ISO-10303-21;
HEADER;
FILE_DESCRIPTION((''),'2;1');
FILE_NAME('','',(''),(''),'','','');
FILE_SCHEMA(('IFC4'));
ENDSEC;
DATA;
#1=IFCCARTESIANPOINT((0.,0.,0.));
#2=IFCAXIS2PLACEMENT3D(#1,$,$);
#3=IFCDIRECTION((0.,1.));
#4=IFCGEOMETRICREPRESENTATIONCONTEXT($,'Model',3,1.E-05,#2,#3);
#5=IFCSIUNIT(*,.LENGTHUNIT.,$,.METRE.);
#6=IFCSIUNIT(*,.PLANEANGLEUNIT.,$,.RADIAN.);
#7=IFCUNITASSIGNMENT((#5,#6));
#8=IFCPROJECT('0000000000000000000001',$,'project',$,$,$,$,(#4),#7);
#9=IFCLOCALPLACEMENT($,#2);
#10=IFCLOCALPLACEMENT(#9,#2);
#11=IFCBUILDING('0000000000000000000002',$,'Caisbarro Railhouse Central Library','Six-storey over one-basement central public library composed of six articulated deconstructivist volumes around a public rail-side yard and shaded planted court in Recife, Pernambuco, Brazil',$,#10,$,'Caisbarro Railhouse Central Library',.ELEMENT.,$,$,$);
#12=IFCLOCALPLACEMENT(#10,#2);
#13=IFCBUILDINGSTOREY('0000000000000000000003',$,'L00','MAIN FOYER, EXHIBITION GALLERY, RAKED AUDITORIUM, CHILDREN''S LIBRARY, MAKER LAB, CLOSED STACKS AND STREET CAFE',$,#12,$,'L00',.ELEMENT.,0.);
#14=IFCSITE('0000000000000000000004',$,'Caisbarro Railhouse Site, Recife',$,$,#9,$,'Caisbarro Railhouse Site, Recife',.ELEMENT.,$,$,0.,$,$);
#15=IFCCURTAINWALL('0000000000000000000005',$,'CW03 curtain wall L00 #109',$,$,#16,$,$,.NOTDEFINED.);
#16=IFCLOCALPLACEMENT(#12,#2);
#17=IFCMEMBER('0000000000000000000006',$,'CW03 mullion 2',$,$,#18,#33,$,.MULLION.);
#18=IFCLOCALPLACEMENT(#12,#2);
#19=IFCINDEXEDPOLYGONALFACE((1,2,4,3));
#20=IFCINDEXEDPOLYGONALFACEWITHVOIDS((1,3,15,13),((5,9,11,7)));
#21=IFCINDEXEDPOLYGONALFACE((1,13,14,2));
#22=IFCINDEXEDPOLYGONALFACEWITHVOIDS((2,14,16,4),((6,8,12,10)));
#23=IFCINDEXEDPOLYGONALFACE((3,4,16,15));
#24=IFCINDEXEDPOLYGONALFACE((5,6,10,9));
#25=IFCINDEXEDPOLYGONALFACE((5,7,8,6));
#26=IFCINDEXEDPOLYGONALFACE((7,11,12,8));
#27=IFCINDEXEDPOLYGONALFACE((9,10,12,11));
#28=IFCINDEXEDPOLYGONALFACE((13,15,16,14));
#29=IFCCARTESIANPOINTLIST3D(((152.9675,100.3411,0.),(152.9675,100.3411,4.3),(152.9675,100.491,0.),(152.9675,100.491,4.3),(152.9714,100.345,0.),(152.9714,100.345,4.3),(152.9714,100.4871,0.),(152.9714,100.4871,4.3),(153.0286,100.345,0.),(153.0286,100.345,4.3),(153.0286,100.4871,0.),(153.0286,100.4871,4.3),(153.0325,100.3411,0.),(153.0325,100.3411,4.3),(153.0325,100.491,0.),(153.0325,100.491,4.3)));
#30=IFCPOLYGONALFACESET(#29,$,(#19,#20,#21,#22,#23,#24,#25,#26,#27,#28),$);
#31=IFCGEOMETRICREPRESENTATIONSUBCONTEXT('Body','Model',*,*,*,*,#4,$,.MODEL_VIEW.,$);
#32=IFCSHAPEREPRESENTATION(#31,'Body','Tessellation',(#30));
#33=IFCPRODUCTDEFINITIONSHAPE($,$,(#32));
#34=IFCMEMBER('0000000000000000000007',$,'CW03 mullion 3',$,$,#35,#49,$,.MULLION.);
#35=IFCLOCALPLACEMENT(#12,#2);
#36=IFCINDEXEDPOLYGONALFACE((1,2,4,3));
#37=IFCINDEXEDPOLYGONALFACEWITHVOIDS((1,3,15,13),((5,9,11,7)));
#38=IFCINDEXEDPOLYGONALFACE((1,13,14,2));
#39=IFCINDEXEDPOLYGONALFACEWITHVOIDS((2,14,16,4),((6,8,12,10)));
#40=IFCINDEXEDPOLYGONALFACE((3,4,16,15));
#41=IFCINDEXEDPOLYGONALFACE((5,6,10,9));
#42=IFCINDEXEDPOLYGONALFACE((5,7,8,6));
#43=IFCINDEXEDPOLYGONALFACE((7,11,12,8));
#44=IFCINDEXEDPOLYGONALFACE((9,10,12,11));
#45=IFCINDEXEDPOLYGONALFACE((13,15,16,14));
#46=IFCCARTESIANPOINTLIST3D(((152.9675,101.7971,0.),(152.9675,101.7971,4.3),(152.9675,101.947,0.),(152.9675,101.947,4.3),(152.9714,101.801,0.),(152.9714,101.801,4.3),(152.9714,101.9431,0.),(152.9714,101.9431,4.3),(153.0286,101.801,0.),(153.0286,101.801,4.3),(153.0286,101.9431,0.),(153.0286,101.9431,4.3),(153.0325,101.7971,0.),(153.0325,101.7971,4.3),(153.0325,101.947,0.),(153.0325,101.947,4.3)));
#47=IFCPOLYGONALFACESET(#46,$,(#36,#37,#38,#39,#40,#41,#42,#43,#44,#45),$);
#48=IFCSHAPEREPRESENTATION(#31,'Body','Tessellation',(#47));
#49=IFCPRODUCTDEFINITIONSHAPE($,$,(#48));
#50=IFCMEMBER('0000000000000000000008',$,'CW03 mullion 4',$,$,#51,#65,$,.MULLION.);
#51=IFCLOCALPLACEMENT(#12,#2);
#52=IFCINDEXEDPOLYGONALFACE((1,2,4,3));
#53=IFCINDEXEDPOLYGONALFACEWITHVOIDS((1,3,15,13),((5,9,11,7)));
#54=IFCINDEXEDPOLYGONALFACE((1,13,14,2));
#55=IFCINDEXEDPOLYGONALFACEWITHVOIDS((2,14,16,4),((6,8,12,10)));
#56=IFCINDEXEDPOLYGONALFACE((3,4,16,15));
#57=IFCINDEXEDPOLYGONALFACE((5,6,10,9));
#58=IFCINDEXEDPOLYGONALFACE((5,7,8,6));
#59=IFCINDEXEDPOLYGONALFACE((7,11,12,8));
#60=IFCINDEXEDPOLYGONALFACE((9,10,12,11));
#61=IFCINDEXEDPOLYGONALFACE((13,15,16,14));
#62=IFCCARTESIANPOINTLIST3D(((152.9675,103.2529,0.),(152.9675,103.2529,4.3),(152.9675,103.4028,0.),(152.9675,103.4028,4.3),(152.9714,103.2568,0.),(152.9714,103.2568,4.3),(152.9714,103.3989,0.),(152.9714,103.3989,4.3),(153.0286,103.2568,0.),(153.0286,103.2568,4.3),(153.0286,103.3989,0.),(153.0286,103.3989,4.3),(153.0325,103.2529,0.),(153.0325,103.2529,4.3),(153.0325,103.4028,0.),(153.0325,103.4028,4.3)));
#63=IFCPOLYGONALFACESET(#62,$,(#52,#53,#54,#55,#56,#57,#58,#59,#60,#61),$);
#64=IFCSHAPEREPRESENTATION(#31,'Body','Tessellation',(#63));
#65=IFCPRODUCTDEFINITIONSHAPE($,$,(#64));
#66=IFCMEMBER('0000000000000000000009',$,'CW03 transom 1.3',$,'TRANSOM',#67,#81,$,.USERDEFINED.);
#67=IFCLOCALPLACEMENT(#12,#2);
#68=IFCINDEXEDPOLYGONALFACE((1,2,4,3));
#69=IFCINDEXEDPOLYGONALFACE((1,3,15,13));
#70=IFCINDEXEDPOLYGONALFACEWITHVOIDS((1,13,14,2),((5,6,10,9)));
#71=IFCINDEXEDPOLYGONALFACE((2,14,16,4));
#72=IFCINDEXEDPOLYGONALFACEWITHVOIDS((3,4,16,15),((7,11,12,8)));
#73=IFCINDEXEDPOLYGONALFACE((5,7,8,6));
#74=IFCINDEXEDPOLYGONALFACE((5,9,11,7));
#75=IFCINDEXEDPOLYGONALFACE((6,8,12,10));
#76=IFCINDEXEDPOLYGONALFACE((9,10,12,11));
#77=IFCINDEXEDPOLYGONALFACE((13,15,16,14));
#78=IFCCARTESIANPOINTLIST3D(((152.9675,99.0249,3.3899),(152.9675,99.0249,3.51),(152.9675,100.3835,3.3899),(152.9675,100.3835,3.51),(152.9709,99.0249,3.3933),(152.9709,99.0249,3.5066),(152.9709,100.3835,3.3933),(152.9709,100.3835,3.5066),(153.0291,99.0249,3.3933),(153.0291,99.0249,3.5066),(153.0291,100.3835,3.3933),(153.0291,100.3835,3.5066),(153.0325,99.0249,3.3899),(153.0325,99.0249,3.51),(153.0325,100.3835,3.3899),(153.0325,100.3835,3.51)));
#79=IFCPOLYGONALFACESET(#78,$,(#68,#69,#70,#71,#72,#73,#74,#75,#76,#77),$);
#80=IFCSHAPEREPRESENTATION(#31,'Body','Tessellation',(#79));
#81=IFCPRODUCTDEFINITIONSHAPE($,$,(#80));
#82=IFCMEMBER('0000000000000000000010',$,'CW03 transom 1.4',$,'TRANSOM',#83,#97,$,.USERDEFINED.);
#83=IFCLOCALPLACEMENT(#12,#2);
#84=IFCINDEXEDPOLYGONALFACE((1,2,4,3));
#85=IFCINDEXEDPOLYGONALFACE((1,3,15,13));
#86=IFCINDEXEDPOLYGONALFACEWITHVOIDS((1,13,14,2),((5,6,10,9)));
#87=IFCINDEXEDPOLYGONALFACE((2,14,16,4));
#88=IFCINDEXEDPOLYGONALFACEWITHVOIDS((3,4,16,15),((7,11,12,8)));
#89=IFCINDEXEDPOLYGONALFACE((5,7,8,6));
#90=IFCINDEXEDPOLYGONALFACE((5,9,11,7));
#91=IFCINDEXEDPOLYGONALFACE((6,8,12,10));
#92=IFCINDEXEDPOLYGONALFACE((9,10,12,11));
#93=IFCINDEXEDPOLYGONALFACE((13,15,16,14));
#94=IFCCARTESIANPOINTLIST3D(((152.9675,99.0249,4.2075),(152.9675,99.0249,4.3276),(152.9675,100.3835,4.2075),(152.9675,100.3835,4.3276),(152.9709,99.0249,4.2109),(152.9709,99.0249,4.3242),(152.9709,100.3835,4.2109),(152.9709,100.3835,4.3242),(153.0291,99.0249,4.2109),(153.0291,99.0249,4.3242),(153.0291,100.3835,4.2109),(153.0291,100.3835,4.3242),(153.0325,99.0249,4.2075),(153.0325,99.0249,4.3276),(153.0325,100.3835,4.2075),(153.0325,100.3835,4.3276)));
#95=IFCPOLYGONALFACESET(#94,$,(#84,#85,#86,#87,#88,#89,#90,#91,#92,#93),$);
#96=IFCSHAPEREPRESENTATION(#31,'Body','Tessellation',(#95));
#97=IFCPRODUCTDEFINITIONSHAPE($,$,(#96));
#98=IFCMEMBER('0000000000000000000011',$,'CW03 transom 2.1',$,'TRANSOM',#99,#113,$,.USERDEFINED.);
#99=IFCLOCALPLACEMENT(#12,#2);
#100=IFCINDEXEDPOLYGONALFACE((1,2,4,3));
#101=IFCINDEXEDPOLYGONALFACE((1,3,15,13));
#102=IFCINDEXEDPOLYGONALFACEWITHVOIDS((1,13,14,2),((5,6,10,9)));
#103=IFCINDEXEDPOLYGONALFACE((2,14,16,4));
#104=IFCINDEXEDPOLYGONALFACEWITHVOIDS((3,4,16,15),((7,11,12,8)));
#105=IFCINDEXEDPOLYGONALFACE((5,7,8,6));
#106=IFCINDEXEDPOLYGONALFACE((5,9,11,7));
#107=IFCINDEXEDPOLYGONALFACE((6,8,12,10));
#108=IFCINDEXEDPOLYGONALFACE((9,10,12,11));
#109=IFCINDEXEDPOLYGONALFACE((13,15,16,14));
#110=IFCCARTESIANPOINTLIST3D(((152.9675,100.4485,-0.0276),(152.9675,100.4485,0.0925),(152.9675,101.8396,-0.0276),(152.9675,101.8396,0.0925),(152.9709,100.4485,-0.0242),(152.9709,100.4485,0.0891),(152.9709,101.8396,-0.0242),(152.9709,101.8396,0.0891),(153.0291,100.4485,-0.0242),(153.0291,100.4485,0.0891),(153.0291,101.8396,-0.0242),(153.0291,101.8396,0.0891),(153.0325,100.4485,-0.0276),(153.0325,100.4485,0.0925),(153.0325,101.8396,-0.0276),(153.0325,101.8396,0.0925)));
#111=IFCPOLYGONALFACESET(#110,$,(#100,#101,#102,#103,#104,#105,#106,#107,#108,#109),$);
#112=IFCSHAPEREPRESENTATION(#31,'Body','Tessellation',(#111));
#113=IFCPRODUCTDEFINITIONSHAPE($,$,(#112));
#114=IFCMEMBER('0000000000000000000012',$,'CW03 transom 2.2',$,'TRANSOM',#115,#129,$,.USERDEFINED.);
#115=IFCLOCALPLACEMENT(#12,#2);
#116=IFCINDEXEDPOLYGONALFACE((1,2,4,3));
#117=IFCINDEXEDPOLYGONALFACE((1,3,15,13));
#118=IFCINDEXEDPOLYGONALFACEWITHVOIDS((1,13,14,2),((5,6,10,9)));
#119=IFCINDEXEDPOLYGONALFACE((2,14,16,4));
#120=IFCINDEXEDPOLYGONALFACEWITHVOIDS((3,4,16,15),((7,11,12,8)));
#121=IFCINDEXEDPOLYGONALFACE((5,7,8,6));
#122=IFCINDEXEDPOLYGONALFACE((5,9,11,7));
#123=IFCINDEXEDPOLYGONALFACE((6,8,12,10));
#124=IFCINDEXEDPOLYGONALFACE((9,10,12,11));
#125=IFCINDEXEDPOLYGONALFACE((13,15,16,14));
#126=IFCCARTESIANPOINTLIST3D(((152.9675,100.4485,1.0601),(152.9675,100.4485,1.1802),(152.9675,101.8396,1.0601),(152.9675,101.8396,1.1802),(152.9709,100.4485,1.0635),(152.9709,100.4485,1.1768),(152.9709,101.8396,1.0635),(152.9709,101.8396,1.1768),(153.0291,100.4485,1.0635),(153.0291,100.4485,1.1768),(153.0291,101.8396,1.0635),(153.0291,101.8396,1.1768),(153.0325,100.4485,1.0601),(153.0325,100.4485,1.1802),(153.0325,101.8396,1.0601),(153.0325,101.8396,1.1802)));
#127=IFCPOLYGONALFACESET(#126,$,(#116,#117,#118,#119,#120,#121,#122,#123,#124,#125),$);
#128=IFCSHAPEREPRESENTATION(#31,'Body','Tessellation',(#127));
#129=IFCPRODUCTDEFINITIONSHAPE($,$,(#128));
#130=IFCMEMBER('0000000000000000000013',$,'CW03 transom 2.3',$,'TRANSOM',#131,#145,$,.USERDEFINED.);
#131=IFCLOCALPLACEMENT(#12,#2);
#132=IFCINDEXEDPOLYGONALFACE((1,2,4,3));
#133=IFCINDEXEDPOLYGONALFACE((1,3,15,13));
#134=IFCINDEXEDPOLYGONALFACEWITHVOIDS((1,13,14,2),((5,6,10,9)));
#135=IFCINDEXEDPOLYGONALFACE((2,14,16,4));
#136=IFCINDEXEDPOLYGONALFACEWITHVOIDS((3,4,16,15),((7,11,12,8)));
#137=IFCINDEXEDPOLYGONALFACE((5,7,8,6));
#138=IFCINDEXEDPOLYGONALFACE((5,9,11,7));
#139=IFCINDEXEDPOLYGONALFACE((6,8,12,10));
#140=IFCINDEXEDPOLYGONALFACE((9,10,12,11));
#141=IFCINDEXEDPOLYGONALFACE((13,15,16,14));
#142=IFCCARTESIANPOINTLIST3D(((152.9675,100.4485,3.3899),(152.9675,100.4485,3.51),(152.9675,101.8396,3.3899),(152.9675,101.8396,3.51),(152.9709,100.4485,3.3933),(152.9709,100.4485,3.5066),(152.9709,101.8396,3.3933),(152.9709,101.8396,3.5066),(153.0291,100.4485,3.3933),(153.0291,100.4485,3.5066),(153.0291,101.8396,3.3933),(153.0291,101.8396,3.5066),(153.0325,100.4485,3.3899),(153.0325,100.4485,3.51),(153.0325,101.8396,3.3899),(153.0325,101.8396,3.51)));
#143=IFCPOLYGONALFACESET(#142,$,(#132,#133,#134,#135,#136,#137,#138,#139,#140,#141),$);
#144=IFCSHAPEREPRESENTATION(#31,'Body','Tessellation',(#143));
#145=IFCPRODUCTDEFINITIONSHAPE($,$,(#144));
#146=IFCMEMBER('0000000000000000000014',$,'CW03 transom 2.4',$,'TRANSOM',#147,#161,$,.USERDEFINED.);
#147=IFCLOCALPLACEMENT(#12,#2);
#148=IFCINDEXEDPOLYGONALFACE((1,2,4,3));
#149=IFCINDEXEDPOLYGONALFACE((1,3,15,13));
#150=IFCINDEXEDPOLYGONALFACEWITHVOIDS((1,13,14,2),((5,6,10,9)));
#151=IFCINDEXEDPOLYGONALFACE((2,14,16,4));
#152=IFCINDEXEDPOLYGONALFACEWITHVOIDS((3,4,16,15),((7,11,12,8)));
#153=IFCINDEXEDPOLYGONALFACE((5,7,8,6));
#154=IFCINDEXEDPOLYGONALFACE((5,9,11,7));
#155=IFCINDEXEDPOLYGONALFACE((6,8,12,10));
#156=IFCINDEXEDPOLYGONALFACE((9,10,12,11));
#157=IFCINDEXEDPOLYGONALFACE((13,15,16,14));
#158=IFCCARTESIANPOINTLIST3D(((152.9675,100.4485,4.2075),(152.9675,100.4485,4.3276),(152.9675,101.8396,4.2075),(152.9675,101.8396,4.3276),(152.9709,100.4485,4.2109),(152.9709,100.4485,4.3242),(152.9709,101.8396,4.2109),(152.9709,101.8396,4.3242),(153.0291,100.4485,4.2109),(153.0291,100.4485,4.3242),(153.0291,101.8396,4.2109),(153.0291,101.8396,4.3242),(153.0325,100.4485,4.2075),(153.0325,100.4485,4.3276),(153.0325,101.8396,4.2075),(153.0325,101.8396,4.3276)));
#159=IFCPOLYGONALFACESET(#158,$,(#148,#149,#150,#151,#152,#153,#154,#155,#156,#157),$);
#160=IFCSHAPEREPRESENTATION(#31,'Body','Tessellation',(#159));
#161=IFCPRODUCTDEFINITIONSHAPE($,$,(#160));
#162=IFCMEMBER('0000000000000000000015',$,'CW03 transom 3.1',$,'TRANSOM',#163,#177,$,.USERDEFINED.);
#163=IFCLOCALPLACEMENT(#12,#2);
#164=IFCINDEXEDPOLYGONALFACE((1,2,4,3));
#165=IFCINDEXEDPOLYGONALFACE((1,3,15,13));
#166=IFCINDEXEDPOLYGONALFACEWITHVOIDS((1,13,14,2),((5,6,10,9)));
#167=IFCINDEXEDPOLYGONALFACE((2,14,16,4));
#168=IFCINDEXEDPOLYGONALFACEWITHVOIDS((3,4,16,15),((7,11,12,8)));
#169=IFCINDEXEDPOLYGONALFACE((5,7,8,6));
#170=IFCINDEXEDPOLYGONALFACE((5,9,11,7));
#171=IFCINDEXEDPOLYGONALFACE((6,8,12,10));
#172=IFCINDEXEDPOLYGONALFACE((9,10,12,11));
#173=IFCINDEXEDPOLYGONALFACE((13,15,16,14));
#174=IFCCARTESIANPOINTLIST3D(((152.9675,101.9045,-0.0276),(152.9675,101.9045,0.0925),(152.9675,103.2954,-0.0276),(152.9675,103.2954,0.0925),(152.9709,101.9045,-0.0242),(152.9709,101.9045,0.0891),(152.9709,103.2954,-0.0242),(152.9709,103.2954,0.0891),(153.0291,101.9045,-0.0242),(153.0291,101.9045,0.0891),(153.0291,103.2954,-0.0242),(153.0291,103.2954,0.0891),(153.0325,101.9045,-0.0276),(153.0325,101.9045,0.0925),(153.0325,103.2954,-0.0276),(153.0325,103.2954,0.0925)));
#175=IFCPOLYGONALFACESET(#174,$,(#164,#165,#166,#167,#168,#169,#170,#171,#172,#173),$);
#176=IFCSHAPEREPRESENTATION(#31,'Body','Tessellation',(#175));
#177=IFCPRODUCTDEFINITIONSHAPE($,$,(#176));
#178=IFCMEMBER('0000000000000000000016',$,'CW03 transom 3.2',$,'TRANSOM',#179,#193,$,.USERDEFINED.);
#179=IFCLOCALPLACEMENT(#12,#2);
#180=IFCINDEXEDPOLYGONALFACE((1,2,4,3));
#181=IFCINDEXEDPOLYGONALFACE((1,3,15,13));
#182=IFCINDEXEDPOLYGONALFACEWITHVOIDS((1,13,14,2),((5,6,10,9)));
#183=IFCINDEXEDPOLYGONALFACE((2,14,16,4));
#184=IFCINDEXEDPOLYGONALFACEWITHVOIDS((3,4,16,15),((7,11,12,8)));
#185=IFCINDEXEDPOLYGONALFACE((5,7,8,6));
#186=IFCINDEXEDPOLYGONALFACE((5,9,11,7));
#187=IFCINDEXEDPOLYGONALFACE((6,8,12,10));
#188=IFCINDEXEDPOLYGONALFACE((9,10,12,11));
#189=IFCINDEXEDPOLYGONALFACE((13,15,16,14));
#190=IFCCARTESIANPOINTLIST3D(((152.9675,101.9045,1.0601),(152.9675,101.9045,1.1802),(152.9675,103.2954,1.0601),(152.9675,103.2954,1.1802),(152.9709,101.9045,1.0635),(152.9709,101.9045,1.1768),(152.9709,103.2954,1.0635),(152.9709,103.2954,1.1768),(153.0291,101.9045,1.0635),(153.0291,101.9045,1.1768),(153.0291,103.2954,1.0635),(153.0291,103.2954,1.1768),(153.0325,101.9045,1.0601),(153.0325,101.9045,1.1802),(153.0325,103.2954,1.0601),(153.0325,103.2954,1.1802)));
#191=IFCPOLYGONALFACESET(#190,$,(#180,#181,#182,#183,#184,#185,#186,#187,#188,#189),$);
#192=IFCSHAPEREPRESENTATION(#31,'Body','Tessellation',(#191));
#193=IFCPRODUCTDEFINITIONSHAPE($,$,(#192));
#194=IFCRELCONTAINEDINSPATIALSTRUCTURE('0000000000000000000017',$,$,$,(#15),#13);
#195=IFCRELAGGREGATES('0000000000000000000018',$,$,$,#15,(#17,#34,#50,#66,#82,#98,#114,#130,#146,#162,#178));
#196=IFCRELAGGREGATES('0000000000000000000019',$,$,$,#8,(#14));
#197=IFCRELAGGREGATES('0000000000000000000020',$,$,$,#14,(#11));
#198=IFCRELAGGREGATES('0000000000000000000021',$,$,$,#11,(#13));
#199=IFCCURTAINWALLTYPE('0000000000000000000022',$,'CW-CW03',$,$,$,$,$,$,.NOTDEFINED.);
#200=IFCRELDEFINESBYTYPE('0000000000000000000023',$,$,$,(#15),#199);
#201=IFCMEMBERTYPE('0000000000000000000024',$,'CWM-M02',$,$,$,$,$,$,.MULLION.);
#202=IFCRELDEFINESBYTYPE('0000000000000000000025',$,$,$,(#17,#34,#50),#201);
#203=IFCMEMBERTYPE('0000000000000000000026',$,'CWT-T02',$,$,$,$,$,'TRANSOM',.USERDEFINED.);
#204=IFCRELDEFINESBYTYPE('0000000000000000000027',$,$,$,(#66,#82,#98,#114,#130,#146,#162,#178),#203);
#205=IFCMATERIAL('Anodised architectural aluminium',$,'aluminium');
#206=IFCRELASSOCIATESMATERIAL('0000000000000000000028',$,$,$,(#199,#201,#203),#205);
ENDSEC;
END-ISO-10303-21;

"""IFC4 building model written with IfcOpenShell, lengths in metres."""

from ifc_helpers import new_model, si_unit, direction, frame, origin, origin_2d, place, context, subcontext, project, spatial, hollow_rectangle, extrude, material, material_profile, profile_set, type_object, element, aggregate, save


model = new_model("IFC4")

# Units and contexts
model_context = context("Model", 3, precision=1e-05, world=origin(), true_north=direction((0.0, 1.0)))
body_context = subcontext(model_context, "Body", "Model", "MODEL_VIEW")
ifc_project = project(units=[si_unit("LENGTHUNIT", "METRE"), si_unit("PLANEANGLEUNIT", "RADIAN")], contexts=[model_context])

# Site, building, storey
site_placement = place(None, origin())
site = spatial("IfcSite", under=ifc_project, at=site_placement, Name="Caisbarro Railhouse Site, Recife", LongName="Caisbarro Railhouse Site, Recife", CompositionType="ELEMENT", RefElevation=0.0)
building_placement = place(site_placement, origin())
building = spatial("IfcBuilding", under=site, at=building_placement, Name="Caisbarro Railhouse Central Library", Description="Six-storey over one-basement central public library composed of six articulated deconstructivist volumes around a public rail-side yard and shaded planted court in Recife, Pernambuco, Brazil", LongName="Caisbarro Railhouse Central Library", CompositionType="ELEMENT")
storey_placement = place(building_placement, origin())
storey = spatial("IfcBuildingStorey", under=building, at=storey_placement, Name="L00", Description="MAIN FOYER, EXHIBITION GALLERY, RAKED AUDITORIUM, CHILDREN'S LIBRARY, MAKER LAB, CLOSED STACKS AND STREET CAFE", LongName="L00", CompositionType="ELEMENT", Elevation=0.0)

# Curtain wall, members
ifc_material_1 = material(Name="Anodised architectural aluminium", Category="aluminium")
curtain_wall_type = type_object("IfcCurtainWallType", Name="CW-CW03", PredefinedType="NOTDEFINED", material=ifc_material_1)
curtain_wall_placement = place(storey_placement, origin())
curtain_wall = element("IfcCurtainWall", 1, at=curtain_wall_placement, inside=storey, type_object=curtain_wall_type, Name="CW03 curtain wall L00 #109", PredefinedType="NOTDEFINED")
ifc_material_profile_1 = material_profile(ifc_material_1, hollow_rectangle(XDim=0.0649, YDim=0.1499, WallThickness=0.0039, at=origin_2d()), Name="ALU-MUL-65X150")
ifc_profile_set_1 = profile_set([ifc_material_profile_1], Name="Anodised architectural aluminium")
member_type_1 = type_object("IfcMemberType", Name="CWM-M02", PredefinedType="MULLION", material=ifc_profile_set_1)
member_1_placement = place(storey_placement, frame((153.0, 100.416, 0.0), z_axis=(0.0, 0.0, 1.0), x_axis=(-1.0, 0.0, 0.0)))
member_1 = element("IfcMember", 2, at=member_1_placement, type_object=member_type_1, Name="CW03 mullion 2", PredefinedType="MULLION", context=body_context, shape_type="SweptSolid", body=[
    extrude(hollow_rectangle(XDim=0.0649, YDim=0.1499, WallThickness=0.0039, at=origin_2d()), origin(), (0.0, 0.0, 1.0), 4.3),
])
member_2_placement = place(storey_placement, frame((153.0, 101.8721, 0.0), z_axis=(0.0, 0.0, 1.0), x_axis=(-1.0, 0.0, 0.0)))
member_2 = element("IfcMember", 3, at=member_2_placement, type_object=member_type_1, Name="CW03 mullion 3", PredefinedType="MULLION", context=body_context, shape_type="SweptSolid", body=[
    extrude(hollow_rectangle(XDim=0.0649, YDim=0.1499, WallThickness=0.0039, at=origin_2d()), origin(), (0.0, 0.0, 1.0), 4.3),
])
member_3_placement = place(storey_placement, frame((153.0, 103.3279, 0.0), z_axis=(0.0, 0.0, 1.0), x_axis=(-1.0, 0.0, 0.0)))
member_3 = element("IfcMember", 4, at=member_3_placement, type_object=member_type_1, Name="CW03 mullion 4", PredefinedType="MULLION", context=body_context, shape_type="SweptSolid", body=[
    extrude(hollow_rectangle(XDim=0.0649, YDim=0.1499, WallThickness=0.0039, at=origin_2d()), origin(), (0.0, 0.0, 1.0), 4.3),
])
ifc_material_profile_2 = material_profile(ifc_material_1, hollow_rectangle(XDim=0.0649, YDim=0.1201, WallThickness=0.0034, at=origin_2d()), Name="ALU-TRN-65X120")
ifc_profile_set_2 = profile_set([ifc_material_profile_2], Name="Anodised architectural aluminium")
member_type_2 = type_object("IfcMemberType", Name="CWT-T02", ElementType="TRANSOM", PredefinedType="USERDEFINED", material=ifc_profile_set_2)
member_4_placement = place(storey_placement, frame((153.0, 99.0249, 3.45), z_axis=(0.0, 1.0, 0.0), x_axis=(-1.0, 0.0, 0.0)))
member_4 = element("IfcMember", 5, at=member_4_placement, type_object=member_type_2, Name="CW03 transom 1.3", ObjectType="TRANSOM", PredefinedType="USERDEFINED", context=body_context, shape_type="SweptSolid", body=[
    extrude(hollow_rectangle(XDim=0.0649, YDim=0.1201, WallThickness=0.0034, at=origin_2d()), origin(), (0.0, 0.0, 1.0), 1.3586),
])
member_5_placement = place(storey_placement, frame((153.0, 99.0249, 4.2676), z_axis=(0.0, 1.0, 0.0), x_axis=(-1.0, 0.0, 0.0)))
member_5 = element("IfcMember", 6, at=member_5_placement, type_object=member_type_2, Name="CW03 transom 1.4", ObjectType="TRANSOM", PredefinedType="USERDEFINED", context=body_context, shape_type="SweptSolid", body=[
    extrude(hollow_rectangle(XDim=0.0649, YDim=0.1201, WallThickness=0.0034, at=origin_2d()), origin(), (0.0, 0.0, 1.0), 1.3586),
])
member_6_placement = place(storey_placement, frame((153.0, 100.4485, 0.0325), z_axis=(0.0, 1.0, 0.0), x_axis=(-1.0, 0.0, 0.0)))
member_6 = element("IfcMember", 7, at=member_6_placement, type_object=member_type_2, Name="CW03 transom 2.1", ObjectType="TRANSOM", PredefinedType="USERDEFINED", context=body_context, shape_type="SweptSolid", body=[
    extrude(hollow_rectangle(XDim=0.0649, YDim=0.1201, WallThickness=0.0034, at=origin_2d()), origin(), (0.0, 0.0, 1.0), 1.3911),
])
member_7_placement = place(storey_placement, frame((153.0, 100.4485, 1.1201), z_axis=(0.0, 1.0, 0.0), x_axis=(-1.0, 0.0, 0.0)))
member_7 = element("IfcMember", 8, at=member_7_placement, type_object=member_type_2, Name="CW03 transom 2.2", ObjectType="TRANSOM", PredefinedType="USERDEFINED", context=body_context, shape_type="SweptSolid", body=[
    extrude(hollow_rectangle(XDim=0.0649, YDim=0.1201, WallThickness=0.0034, at=origin_2d()), origin(), (0.0, 0.0, 1.0), 1.3911),
])
member_8_placement = place(storey_placement, frame((153.0, 100.4485, 3.45), z_axis=(0.0, 1.0, 0.0), x_axis=(-1.0, 0.0, 0.0)))
member_8 = element("IfcMember", 9, at=member_8_placement, type_object=member_type_2, Name="CW03 transom 2.3", ObjectType="TRANSOM", PredefinedType="USERDEFINED", context=body_context, shape_type="SweptSolid", body=[
    extrude(hollow_rectangle(XDim=0.0649, YDim=0.1201, WallThickness=0.0034, at=origin_2d()), origin(), (0.0, 0.0, 1.0), 1.3911),
])
member_9_placement = place(storey_placement, frame((153.0, 100.4485, 4.2676), z_axis=(0.0, 1.0, 0.0), x_axis=(-1.0, 0.0, 0.0)))
member_9 = element("IfcMember", 10, at=member_9_placement, type_object=member_type_2, Name="CW03 transom 2.4", ObjectType="TRANSOM", PredefinedType="USERDEFINED", context=body_context, shape_type="SweptSolid", body=[
    extrude(hollow_rectangle(XDim=0.0649, YDim=0.1201, WallThickness=0.0034, at=origin_2d()), origin(), (0.0, 0.0, 1.0), 1.3911),
])
member_10_placement = place(storey_placement, frame((153.0, 101.9045, 0.0325), z_axis=(0.0, 1.0, 0.0), x_axis=(-1.0, 0.0, 0.0)))
member_10 = element("IfcMember", 11, at=member_10_placement, type_object=member_type_2, Name="CW03 transom 3.1", ObjectType="TRANSOM", PredefinedType="USERDEFINED", context=body_context, shape_type="SweptSolid", body=[
    extrude(hollow_rectangle(XDim=0.0649, YDim=0.1201, WallThickness=0.0034, at=origin_2d()), origin(), (0.0, 0.0, 1.0), 1.3909),
])
member_11_placement = place(storey_placement, frame((153.0, 101.9045, 1.1201), z_axis=(0.0, 1.0, 0.0), x_axis=(-1.0, 0.0, 0.0)))
member_11 = element("IfcMember", 12, at=member_11_placement, type_object=member_type_2, Name="CW03 transom 3.2", ObjectType="TRANSOM", PredefinedType="USERDEFINED", context=body_context, shape_type="SweptSolid", body=[
    extrude(hollow_rectangle(XDim=0.0649, YDim=0.1201, WallThickness=0.0034, at=origin_2d()), origin(), (0.0, 0.0, 1.0), 1.3909),
])
aggregate(curtain_wall, [member_1, member_2, member_3, member_4, member_5, member_6, member_7, member_8, member_9, member_10, member_11])

save(model, "model.ifc")
